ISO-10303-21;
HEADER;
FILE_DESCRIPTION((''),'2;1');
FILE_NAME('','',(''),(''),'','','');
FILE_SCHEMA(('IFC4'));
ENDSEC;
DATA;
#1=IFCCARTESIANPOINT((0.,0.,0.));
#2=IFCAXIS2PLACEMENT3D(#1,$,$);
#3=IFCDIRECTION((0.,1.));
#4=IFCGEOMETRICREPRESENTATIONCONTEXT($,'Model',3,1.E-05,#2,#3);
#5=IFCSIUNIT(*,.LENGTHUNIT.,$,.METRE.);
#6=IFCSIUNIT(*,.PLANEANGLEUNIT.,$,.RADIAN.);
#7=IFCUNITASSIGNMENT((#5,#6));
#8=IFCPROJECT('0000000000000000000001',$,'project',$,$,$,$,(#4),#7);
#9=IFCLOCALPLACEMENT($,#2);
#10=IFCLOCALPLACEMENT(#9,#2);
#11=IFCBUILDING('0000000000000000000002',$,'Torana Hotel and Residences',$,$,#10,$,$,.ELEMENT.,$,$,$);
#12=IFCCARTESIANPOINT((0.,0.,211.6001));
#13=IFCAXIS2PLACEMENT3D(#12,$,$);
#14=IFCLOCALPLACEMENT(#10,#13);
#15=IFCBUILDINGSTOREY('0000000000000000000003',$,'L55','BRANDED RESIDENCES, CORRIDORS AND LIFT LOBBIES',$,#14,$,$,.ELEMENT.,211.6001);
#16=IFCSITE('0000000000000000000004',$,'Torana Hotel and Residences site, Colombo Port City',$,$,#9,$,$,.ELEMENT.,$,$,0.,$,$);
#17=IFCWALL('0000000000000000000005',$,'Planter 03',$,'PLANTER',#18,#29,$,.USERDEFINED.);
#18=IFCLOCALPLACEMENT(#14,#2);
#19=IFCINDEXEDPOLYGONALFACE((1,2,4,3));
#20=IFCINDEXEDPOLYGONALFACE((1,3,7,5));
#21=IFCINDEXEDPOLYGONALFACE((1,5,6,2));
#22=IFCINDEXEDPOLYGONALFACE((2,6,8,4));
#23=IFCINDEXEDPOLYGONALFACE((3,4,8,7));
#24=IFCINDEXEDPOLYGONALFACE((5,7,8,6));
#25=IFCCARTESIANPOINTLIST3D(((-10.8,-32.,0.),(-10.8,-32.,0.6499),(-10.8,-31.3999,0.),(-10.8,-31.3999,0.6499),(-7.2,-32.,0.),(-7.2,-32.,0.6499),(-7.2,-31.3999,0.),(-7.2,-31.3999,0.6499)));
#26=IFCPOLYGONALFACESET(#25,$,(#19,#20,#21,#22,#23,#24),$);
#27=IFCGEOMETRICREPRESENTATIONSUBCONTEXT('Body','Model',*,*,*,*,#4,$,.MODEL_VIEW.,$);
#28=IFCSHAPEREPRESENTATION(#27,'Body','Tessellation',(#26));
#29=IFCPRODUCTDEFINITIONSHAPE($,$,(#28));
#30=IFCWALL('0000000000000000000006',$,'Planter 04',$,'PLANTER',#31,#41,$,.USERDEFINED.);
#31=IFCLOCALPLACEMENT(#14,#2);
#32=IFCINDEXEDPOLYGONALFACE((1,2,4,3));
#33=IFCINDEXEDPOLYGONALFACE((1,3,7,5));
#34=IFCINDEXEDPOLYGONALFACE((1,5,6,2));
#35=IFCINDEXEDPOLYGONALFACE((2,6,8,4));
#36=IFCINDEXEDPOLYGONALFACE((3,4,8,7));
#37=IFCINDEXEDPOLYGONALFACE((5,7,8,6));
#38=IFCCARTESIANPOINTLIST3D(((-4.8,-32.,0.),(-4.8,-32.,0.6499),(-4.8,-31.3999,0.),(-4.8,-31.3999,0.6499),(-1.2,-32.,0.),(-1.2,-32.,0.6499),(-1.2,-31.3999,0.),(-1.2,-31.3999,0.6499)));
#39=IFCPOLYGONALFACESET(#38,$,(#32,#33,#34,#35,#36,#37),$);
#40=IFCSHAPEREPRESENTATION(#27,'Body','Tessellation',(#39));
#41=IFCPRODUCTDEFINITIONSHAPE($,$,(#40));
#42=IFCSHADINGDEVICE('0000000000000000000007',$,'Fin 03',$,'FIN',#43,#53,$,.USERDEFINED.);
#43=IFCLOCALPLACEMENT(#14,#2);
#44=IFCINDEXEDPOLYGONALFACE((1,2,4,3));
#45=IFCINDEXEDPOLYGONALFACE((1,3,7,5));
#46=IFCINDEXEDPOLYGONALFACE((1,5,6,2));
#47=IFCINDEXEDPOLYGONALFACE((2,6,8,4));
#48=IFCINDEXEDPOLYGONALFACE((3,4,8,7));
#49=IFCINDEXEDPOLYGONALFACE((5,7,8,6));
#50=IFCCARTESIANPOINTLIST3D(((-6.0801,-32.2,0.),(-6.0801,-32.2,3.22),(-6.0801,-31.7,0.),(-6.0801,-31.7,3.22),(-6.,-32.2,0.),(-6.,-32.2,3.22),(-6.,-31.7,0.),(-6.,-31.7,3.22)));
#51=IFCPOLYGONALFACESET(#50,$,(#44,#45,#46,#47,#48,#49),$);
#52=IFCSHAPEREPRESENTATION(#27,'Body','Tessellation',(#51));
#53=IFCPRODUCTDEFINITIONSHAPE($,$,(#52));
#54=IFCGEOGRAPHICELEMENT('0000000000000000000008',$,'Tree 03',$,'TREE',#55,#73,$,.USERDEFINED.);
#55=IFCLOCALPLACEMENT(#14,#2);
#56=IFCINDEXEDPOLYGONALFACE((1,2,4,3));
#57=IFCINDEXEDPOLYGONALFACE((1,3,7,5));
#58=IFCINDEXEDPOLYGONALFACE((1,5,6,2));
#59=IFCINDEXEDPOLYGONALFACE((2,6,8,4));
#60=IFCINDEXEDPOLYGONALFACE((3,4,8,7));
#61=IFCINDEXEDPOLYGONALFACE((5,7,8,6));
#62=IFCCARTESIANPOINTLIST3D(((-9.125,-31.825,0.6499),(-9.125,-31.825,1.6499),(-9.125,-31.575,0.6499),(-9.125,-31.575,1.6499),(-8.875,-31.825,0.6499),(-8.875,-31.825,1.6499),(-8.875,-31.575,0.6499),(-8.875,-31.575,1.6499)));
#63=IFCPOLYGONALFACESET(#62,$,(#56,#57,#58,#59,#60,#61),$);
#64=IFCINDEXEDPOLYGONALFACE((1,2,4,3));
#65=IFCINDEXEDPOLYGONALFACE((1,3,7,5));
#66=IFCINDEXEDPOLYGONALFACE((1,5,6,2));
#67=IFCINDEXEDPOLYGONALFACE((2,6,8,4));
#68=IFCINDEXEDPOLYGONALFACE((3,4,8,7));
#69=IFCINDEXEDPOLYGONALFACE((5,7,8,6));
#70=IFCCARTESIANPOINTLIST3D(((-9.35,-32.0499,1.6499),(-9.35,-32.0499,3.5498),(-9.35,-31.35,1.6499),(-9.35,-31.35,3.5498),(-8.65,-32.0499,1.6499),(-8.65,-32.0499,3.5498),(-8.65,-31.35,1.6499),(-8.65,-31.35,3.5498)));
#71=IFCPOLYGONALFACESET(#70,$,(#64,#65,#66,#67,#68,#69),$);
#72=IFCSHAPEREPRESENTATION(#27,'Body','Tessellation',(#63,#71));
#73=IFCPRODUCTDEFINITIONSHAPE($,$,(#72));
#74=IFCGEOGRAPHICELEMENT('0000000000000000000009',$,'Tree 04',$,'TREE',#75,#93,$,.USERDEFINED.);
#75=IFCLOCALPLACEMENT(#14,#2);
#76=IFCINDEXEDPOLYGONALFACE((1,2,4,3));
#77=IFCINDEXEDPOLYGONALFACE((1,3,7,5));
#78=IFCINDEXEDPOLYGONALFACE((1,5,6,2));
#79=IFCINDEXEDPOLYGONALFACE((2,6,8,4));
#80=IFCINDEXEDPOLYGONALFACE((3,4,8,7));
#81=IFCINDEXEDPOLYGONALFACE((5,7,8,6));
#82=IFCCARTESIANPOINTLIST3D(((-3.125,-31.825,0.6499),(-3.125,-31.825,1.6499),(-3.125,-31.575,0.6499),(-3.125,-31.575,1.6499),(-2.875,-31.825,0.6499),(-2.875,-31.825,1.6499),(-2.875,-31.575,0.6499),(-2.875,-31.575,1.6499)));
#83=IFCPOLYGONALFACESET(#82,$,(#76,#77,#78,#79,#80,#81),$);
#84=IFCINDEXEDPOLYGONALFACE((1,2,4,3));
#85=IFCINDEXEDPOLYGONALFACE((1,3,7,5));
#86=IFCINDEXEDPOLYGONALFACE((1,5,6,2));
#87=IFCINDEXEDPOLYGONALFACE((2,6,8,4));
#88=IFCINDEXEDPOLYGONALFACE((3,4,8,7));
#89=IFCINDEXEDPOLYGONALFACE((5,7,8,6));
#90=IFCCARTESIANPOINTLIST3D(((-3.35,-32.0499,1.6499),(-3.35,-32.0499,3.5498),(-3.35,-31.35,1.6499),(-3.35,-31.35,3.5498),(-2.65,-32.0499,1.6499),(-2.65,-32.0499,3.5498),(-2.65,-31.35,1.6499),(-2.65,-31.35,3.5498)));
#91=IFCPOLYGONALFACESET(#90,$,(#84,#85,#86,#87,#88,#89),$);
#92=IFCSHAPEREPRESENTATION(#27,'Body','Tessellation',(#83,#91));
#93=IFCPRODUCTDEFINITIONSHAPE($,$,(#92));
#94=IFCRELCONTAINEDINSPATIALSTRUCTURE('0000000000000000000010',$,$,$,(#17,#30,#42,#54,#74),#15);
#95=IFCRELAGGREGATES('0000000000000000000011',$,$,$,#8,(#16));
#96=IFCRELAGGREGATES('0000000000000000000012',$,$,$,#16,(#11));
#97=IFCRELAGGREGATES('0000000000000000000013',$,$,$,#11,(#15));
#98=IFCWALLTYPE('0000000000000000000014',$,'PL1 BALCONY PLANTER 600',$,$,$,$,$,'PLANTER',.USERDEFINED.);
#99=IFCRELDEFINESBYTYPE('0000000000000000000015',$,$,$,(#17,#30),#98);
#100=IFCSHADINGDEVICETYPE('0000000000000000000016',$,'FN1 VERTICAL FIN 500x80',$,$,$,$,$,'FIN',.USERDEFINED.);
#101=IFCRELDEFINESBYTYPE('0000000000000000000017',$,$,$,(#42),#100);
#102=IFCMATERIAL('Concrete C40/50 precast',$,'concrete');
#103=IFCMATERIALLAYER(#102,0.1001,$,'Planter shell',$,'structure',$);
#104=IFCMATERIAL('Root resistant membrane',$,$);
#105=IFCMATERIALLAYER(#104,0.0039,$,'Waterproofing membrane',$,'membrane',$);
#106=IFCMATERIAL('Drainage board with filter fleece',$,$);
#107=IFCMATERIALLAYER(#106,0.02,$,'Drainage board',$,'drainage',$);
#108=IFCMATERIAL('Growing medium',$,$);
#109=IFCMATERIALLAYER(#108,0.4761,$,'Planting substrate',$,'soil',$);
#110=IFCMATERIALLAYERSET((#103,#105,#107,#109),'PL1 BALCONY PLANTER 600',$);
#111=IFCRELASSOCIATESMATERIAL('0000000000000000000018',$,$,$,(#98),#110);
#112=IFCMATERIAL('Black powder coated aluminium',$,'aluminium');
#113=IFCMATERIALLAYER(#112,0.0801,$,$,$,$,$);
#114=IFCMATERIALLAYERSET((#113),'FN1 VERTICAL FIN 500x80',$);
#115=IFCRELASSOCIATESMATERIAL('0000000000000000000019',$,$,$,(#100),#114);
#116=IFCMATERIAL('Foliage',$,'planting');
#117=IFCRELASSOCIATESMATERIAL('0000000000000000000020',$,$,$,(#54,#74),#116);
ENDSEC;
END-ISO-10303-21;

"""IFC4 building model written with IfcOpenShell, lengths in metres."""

from ifc_helpers import new_model, si_unit, direction, frame, frame_2d, origin, origin_2d, place, context, subcontext, project, spatial, rectangle, extrude, material, layer, layer_set, type_object, element, save


model = new_model("IFC4")

# Units and contexts
model_context = context("Model", 3, precision=1e-05, world=origin(), true_north=direction((0.0, 1.0)))
body_context = subcontext(model_context, "Body", "Model", "MODEL_VIEW")
ifc_project = project(units=[si_unit("LENGTHUNIT", "METRE"), si_unit("PLANEANGLEUNIT", "RADIAN")], contexts=[model_context])

# Site, building, storey
site_placement = place(None, origin())
site = spatial("IfcSite", under=ifc_project, at=site_placement, Name="Torana Hotel and Residences site, Colombo Port City", CompositionType="ELEMENT", RefElevation=0.0)
building_placement = place(site_placement, origin())
building = spatial("IfcBuilding", under=site, at=building_placement, Name="Torana Hotel and Residences", CompositionType="ELEMENT")
storey_placement = place(building_placement, frame((0.0, 0.0, 211.6001)))
storey = spatial("IfcBuildingStorey", under=building, at=storey_placement, Name="L55", Description="BRANDED RESIDENCES, CORRIDORS AND LIFT LOBBIES", CompositionType="ELEMENT", Elevation=211.6001)

# Walls
ifc_material_1 = material(Name="Concrete C40/50 precast", Category="concrete")
ifc_layer_1 = layer(ifc_material_1, 0.1001, Name="Planter shell", Category="structure")
ifc_material_2 = material(Name="Root resistant membrane")
ifc_layer_2 = layer(ifc_material_2, 0.0039, Name="Waterproofing membrane", Category="membrane")
ifc_material_3 = material(Name="Drainage board with filter fleece")
ifc_layer_3 = layer(ifc_material_3, 0.02, Name="Drainage board", Category="drainage")
ifc_material_4 = material(Name="Growing medium")
ifc_layer_4 = layer(ifc_material_4, 0.4761, Name="Planting substrate", Category="soil")
ifc_layer_set_1 = layer_set([ifc_layer_1, ifc_layer_2, ifc_layer_3, ifc_layer_4], Name="PL1 BALCONY PLANTER 600")
wall_type_1 = type_object("IfcWallType", Name="PL1 BALCONY PLANTER 600", ElementType="PLANTER", PredefinedType="USERDEFINED", material=ifc_layer_set_1)
for number, where, z_axis, x_axis, name in (
    (1, (-7.2, -31.7, 0.0), (0.0, 0.0, 1.0), (-1.0, 0.0, 0.0), "Planter 03"),
    (2, (-1.2, -31.7, 0.0), (0.0, 0.0, 1.0), (-1.0, 0.0, 0.0), "Planter 04"),
):
    element("IfcWall", number, at=place(storey_placement, frame(where, z_axis=z_axis, x_axis=x_axis)), inside=storey, type_object=wall_type_1, Name=name, ObjectType="PLANTER", PredefinedType="USERDEFINED", context=body_context, shape_type="SweptSolid", body=[
        extrude(rectangle(XDim=3.6001, YDim=0.6001, at=frame_2d((1.8, 0.0))), origin(), (0.0, 0.0, 1.0), 0.6499),
    ])

# Shading device
ifc_material_5 = material(Name="Black powder coated aluminium", Category="aluminium")
ifc_layer_5 = layer(ifc_material_5, 0.0801)
ifc_layer_set_2 = layer_set([ifc_layer_5], Name="FN1 VERTICAL FIN 500x80")
shading_device_type = type_object("IfcShadingDeviceType", Name="FN1 VERTICAL FIN 500x80", ElementType="FIN", PredefinedType="USERDEFINED", material=ifc_layer_set_2)
shading_device_placement = place(storey_placement, frame((-6.04, -31.95, 0.0), z_axis=(0.0, 0.0, 1.0), x_axis=(-1.0, 0.0, 0.0)))
element("IfcShadingDevice", 3, at=shading_device_placement, inside=storey, type_object=shading_device_type, Name="Fin 03", ObjectType="FIN", PredefinedType="USERDEFINED", context=body_context, shape_type="SweptSolid", body=[
    extrude(rectangle(XDim=0.0801, YDim=0.5, at=origin_2d()), origin(), (0.0, 0.0, 1.0), 3.22),
])

# Geographic elements
ifc_material_6 = material(Name="Foliage", Category="planting")
for number, where, z_axis, x_axis, name in (
    (4, (-9.0, -31.7, 0.6499), (0.0, 0.0, 1.0), (1.0, 0.0, 0.0), "Tree 03"),
    (5, (-3.0, -31.7, 0.6499), (0.0, 0.0, 1.0), (1.0, 0.0, 0.0), "Tree 04"),
):
    element("IfcGeographicElement", number, at=place(storey_placement, frame(where, z_axis=z_axis, x_axis=x_axis)), inside=storey, material=ifc_material_6, Name=name, ObjectType="TREE", PredefinedType="USERDEFINED", context=body_context, shape_type="SweptSolid", body=[
        extrude(rectangle(XDim=0.25, YDim=0.25, at=origin_2d()), origin(), (0.0, 0.0, 1.0), 1.0),
        extrude(rectangle(XDim=0.7, YDim=0.7, at=origin_2d()), frame((0.0, 0.0, 1.0)), (0.0, 0.0, 1.0), 1.8999),
    ])

save(model, "model.ifc")
